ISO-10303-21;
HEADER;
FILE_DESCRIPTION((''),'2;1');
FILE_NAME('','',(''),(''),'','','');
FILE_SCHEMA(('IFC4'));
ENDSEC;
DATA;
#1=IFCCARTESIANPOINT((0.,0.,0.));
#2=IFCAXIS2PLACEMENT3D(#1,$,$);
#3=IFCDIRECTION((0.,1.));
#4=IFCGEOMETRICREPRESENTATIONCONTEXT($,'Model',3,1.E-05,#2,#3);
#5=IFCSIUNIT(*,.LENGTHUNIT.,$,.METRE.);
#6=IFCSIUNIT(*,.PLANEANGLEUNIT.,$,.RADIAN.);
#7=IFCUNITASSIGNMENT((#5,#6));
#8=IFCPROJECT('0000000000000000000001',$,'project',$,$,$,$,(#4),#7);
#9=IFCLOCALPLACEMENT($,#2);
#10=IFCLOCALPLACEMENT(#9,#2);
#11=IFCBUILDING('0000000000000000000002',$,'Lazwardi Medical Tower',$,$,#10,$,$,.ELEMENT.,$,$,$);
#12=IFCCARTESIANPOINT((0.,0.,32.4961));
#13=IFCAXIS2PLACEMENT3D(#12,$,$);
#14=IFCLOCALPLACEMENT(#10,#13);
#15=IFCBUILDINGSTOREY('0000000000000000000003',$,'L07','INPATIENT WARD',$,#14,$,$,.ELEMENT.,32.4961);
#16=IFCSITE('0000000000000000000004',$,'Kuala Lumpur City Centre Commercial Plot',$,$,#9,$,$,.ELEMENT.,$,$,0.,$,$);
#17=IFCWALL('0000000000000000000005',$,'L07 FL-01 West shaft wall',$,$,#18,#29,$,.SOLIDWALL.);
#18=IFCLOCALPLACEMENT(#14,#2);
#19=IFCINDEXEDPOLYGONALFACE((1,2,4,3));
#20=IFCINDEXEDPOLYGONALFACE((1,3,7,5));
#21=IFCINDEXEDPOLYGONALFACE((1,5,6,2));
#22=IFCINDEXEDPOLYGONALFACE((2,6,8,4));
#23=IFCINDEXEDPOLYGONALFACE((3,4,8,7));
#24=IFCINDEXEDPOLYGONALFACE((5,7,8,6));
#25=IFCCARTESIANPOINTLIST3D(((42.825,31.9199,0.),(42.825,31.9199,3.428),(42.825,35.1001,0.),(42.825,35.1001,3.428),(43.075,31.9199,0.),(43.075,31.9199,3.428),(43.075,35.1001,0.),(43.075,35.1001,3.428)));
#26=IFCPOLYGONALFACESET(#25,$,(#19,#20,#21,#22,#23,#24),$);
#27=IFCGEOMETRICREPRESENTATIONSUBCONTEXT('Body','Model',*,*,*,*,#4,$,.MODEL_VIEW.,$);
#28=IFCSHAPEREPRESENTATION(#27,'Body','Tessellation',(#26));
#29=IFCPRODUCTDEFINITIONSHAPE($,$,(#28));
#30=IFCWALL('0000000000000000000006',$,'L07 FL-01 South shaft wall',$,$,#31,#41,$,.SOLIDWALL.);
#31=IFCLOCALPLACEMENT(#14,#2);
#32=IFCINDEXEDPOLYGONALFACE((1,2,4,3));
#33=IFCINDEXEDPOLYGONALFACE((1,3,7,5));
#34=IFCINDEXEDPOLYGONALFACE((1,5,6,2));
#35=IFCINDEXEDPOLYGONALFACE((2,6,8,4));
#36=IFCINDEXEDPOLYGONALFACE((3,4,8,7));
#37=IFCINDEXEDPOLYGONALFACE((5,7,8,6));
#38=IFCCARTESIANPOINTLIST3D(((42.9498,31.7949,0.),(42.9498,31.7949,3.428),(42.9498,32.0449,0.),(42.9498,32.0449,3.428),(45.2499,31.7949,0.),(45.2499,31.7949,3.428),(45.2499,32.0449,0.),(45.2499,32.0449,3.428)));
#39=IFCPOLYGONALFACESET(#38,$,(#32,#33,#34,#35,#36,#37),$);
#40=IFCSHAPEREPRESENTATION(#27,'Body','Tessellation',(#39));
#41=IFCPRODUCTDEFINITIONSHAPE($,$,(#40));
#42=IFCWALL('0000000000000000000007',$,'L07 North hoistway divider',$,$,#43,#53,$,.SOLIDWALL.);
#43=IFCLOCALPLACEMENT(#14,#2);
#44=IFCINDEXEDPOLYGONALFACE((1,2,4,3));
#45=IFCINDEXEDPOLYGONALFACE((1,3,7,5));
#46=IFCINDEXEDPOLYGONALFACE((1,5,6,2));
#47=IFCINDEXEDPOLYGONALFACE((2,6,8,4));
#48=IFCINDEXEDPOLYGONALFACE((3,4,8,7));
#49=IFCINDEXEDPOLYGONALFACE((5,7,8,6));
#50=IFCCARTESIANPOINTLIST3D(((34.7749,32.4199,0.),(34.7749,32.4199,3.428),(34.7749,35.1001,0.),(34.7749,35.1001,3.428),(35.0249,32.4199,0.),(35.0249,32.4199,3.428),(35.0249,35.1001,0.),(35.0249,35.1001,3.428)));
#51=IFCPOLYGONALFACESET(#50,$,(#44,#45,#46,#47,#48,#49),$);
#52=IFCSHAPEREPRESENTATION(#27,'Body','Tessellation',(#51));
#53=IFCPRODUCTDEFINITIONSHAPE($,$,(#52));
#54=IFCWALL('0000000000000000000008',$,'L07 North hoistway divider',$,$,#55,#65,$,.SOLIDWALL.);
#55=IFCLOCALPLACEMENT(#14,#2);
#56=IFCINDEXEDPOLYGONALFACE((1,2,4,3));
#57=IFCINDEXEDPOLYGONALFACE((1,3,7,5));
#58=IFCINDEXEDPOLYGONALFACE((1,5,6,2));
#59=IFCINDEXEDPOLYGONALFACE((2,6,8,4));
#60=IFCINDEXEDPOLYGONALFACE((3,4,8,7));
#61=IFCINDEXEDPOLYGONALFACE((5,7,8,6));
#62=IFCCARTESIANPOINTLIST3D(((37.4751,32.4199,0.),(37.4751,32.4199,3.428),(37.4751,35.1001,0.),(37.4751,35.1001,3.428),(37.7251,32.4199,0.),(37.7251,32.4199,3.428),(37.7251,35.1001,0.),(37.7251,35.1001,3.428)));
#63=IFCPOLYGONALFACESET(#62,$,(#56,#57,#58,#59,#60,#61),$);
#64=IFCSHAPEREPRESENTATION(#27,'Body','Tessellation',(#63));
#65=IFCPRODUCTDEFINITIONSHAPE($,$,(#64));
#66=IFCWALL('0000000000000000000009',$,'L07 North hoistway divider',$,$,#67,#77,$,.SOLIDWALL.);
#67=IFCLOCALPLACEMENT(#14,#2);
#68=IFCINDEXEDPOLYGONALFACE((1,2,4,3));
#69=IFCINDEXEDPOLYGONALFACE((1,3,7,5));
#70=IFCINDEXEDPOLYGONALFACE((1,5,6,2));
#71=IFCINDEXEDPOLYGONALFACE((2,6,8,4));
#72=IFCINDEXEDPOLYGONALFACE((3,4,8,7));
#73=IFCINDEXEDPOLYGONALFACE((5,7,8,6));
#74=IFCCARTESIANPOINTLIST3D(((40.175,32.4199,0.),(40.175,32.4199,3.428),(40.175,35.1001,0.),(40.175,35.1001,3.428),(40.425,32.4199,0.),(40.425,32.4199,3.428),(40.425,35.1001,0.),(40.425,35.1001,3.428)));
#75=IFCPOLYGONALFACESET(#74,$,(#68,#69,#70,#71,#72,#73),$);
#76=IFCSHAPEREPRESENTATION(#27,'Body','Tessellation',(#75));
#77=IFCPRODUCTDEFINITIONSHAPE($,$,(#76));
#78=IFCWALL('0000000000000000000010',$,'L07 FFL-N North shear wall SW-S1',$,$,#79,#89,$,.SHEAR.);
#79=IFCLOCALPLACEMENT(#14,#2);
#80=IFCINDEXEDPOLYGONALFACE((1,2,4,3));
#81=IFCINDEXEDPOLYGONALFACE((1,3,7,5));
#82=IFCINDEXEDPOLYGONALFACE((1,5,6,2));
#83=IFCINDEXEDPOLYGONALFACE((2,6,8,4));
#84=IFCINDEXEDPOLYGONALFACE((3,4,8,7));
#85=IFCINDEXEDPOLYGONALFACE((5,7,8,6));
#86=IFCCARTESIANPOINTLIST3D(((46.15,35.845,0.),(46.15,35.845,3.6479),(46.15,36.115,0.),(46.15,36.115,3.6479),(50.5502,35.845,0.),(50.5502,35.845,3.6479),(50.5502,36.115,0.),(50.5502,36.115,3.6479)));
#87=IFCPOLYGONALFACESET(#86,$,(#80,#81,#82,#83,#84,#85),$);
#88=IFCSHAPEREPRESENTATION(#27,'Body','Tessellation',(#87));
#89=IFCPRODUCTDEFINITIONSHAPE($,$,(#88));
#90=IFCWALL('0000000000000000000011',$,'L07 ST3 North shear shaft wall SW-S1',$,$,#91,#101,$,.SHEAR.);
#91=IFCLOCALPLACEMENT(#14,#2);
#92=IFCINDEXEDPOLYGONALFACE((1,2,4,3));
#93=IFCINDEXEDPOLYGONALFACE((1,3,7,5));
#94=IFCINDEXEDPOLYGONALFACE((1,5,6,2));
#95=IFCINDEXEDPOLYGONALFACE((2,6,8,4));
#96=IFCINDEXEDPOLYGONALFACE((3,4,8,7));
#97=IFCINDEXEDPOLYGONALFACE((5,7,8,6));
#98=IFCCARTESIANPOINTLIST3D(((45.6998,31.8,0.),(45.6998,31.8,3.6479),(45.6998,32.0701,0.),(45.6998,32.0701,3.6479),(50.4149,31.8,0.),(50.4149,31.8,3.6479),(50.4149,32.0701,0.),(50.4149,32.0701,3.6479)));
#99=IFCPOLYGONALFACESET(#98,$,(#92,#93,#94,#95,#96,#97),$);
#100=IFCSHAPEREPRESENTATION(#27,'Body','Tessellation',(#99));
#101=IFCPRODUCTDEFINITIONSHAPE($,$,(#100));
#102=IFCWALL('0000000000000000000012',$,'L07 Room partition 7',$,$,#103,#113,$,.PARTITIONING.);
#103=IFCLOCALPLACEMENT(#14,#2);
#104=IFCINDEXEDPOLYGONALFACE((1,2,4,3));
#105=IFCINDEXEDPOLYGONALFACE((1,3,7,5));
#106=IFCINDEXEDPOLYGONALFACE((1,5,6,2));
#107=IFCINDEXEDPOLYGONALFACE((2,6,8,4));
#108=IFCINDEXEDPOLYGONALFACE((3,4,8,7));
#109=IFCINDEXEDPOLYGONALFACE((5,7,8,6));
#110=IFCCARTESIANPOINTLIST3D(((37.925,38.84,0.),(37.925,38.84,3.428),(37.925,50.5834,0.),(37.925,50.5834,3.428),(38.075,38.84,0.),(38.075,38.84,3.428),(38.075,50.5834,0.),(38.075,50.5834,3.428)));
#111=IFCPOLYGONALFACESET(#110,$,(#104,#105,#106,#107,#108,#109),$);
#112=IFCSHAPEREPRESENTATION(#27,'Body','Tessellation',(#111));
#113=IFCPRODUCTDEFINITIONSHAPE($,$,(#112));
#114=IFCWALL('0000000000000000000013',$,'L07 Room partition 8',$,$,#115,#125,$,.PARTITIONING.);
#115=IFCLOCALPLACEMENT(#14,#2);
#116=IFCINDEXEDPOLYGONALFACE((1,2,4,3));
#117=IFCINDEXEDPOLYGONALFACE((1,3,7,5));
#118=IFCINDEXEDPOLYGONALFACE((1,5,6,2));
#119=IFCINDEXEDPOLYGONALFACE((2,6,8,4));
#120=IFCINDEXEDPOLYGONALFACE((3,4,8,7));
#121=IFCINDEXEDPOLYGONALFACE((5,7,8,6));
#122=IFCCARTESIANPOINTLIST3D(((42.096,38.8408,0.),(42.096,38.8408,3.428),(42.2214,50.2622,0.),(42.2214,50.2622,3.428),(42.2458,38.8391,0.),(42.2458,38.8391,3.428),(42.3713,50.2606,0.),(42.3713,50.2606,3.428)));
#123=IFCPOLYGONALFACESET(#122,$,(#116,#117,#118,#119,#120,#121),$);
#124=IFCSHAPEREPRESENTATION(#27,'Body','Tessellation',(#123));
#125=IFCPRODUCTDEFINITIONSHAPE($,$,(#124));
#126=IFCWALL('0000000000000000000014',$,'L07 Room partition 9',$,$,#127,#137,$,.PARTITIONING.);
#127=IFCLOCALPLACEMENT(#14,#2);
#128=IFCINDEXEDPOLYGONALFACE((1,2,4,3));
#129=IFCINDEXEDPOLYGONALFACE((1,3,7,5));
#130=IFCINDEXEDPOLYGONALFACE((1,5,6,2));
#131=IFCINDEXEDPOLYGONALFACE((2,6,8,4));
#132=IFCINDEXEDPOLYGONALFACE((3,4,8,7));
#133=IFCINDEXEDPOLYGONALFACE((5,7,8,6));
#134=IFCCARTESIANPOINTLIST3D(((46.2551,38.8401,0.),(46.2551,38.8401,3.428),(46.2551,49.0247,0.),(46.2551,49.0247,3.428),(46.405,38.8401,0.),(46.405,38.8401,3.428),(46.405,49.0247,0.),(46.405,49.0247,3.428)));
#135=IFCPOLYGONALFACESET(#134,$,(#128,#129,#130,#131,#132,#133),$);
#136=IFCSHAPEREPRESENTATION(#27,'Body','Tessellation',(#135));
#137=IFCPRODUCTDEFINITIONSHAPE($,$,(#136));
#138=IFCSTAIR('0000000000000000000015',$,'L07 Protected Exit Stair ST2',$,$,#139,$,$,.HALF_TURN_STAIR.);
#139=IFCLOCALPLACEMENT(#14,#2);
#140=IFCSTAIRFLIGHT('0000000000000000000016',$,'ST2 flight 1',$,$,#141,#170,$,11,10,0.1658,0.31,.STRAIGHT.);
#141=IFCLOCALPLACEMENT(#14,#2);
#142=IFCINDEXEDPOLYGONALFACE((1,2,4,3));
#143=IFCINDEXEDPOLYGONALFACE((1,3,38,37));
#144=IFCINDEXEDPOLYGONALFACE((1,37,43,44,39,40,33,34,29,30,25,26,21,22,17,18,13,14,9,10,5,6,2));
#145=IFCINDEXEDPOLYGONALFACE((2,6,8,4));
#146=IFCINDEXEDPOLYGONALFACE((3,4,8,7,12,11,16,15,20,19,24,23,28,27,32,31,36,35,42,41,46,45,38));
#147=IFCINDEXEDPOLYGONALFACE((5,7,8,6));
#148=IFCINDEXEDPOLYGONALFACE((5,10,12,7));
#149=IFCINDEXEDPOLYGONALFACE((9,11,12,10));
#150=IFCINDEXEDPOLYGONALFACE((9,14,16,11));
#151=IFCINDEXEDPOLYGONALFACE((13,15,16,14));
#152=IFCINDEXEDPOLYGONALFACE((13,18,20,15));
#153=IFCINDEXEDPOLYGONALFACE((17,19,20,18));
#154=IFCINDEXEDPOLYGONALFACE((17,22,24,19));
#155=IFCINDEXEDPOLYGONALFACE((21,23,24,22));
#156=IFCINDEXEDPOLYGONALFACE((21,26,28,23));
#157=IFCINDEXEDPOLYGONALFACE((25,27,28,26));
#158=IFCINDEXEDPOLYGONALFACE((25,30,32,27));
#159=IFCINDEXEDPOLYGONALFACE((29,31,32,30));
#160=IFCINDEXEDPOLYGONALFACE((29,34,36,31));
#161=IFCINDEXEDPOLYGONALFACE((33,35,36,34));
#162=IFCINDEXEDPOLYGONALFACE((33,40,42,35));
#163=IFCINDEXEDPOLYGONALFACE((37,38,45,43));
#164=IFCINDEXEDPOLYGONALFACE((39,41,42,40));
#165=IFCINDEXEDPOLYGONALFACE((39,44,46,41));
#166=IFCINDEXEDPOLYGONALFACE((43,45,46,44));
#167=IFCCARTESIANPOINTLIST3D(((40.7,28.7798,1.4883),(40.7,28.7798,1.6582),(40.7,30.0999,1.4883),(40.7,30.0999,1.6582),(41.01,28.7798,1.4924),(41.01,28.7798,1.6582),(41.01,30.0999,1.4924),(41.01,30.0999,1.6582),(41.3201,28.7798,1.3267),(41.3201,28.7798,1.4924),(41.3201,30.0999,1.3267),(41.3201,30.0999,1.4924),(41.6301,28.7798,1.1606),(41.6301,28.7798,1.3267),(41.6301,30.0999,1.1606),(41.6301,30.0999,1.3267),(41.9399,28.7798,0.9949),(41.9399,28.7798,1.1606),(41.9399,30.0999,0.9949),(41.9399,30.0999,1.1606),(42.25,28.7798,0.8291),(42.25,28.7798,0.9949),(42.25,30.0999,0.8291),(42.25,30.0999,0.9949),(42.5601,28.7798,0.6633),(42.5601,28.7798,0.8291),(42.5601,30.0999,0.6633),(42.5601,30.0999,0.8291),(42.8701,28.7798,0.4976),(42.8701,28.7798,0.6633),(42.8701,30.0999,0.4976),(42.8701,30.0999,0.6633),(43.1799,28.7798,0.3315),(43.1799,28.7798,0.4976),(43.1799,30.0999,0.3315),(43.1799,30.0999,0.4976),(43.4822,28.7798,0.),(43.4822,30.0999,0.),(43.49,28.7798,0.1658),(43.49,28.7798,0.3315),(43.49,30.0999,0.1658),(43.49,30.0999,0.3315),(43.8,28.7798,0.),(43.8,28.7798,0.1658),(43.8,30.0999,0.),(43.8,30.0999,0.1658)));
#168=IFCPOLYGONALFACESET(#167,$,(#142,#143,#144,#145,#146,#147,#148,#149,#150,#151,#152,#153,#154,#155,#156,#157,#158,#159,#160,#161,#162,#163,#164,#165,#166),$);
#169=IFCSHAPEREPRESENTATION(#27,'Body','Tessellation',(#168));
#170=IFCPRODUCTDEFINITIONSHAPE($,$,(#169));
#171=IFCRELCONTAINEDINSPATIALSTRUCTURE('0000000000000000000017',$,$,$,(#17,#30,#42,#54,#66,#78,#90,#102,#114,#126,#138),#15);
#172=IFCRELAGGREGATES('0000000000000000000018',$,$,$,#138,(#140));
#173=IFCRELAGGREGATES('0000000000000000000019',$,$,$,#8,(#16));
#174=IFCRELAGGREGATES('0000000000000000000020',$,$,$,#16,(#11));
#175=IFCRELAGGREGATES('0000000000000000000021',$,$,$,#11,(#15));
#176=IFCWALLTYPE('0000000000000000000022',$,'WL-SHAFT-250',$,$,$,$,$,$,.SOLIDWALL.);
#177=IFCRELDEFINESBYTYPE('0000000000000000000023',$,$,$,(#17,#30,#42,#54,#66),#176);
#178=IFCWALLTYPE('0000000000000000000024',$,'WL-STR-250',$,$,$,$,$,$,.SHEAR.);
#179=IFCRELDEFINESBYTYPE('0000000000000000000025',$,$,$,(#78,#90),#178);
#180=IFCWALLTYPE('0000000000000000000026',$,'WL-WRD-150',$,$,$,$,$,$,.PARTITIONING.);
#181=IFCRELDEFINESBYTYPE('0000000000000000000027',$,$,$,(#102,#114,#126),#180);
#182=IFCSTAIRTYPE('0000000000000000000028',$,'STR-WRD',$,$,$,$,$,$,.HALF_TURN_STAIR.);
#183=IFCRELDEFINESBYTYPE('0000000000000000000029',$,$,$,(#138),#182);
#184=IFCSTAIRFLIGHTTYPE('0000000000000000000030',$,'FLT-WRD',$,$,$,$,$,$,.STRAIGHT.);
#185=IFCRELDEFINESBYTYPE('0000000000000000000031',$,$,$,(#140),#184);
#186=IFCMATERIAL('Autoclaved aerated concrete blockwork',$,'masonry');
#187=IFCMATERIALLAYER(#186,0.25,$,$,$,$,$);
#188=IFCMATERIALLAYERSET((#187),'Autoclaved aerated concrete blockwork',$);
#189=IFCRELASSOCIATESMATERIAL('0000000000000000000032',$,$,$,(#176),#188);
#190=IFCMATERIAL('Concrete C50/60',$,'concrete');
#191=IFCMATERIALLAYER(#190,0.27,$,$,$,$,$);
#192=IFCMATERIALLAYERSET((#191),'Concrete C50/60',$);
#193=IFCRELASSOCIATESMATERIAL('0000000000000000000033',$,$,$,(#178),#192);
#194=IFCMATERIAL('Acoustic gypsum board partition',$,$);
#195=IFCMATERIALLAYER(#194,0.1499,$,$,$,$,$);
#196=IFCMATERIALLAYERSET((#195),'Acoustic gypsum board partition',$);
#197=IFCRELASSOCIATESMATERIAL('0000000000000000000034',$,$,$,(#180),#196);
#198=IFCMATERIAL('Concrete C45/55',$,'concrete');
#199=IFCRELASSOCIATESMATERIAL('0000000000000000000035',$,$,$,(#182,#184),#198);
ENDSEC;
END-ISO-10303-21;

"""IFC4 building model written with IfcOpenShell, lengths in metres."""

from ifc_helpers import new_model, si_unit, direction, frame, frame_2d, origin, place, context, subcontext, project, spatial, polyline, rectangle, outline, extrude, material, layer, layer_set, type_object, element, aggregate, save


model = new_model("IFC4")

# Units and contexts
model_context = context("Model", 3, precision=1e-05, world=origin(), true_north=direction((0.0, 1.0)))
body_context = subcontext(model_context, "Body", "Model", "MODEL_VIEW")
ifc_project = project(units=[si_unit("LENGTHUNIT", "METRE"), si_unit("PLANEANGLEUNIT", "RADIAN")], contexts=[model_context])

# Site, building, storey
site_placement = place(None, origin())
site = spatial("IfcSite", under=ifc_project, at=site_placement, Name="Kuala Lumpur City Centre Commercial Plot", CompositionType="ELEMENT", RefElevation=0.0)
building_placement = place(site_placement, origin())
building = spatial("IfcBuilding", under=site, at=building_placement, Name="Lazwardi Medical Tower", CompositionType="ELEMENT")
storey_placement = place(building_placement, frame((0.0, 0.0, 32.4961)))
storey = spatial("IfcBuildingStorey", under=building, at=storey_placement, Name="L07", Description="INPATIENT WARD", CompositionType="ELEMENT", Elevation=32.4961)

# Walls
ifc_material_1 = material(Name="Autoclaved aerated concrete blockwork", Category="masonry")
ifc_layer_1 = layer(ifc_material_1, 0.25)
ifc_layer_set_1 = layer_set([ifc_layer_1], Name="Autoclaved aerated concrete blockwork")
wall_type_1 = type_object("IfcWallType", Name="WL-SHAFT-250", PredefinedType="SOLIDWALL", material=ifc_layer_set_1)
wall_1_placement = place(storey_placement, frame((42.95, 31.9199, 0.0), z_axis=(0.0, 0.0, 1.0), x_axis=(0.0, 1.0, 0.0)))
element("IfcWall", 1, at=wall_1_placement, inside=storey, type_object=wall_type_1, Name="L07 FL-01 West shaft wall", PredefinedType="SOLIDWALL", context=body_context, shape_type="SweptSolid", body=[
    extrude(rectangle(XDim=3.1802, YDim=0.25, at=frame_2d((1.5901, 0.0))), origin(), (0.0, 0.0, 1.0), 3.428),
])
wall_2_placement = place(storey_placement, frame((42.95, 31.9199, 0.0), z_axis=(0.0, 0.0, 1.0), x_axis=(1.0, 0.0, 0.0)))
element("IfcWall", 2, at=wall_2_placement, inside=storey, type_object=wall_type_1, Name="L07 FL-01 South shaft wall", PredefinedType="SOLIDWALL", context=body_context, shape_type="SweptSolid", body=[
    extrude(rectangle(XDim=2.3, YDim=0.25, at=frame_2d((1.1499, 0.0))), origin(), (0.0, 0.0, 1.0), 3.428),
])
for number, where, z_axis, x_axis, name in (
    (3, (34.8999, 32.4199, 0.0), (0.0, 0.0, 1.0), (0.0, 1.0, 0.0), "L07 North hoistway divider"),
    (4, (37.6001, 32.4199, 0.0), (0.0, 0.0, 1.0), (0.0, 1.0, 0.0), "L07 North hoistway divider"),
    (5, (40.3, 32.4199, 0.0), (0.0, 0.0, 1.0), (0.0, 1.0, 0.0), "L07 North hoistway divider"),
):
    element("IfcWall", number, at=place(storey_placement, frame(where, z_axis=z_axis, x_axis=x_axis)), inside=storey, type_object=wall_type_1, Name=name, PredefinedType="SOLIDWALL", context=body_context, shape_type="SweptSolid", body=[
        extrude(rectangle(XDim=2.6802, YDim=0.25, at=frame_2d((1.3401, 0.0))), origin(), (0.0, 0.0, 1.0), 3.428),
    ])

# Shared definitions
ifc_material_2 = material(Name="Concrete C50/60", Category="concrete")
ifc_layer_2 = layer(ifc_material_2, 0.27)
ifc_layer_set_2 = layer_set([ifc_layer_2], Name="Concrete C50/60")
wall_type_2 = type_object("IfcWallType", Name="WL-STR-250", PredefinedType="SHEAR", material=ifc_layer_set_2)

# Walls
wall_3_placement = place(storey_placement, frame((46.1499, 35.98, 0.0), z_axis=(0.0, 0.0, 1.0), x_axis=(1.0, 0.0, 0.0)))
element("IfcWall", 6, at=wall_3_placement, inside=storey, type_object=wall_type_2, Name="L07 FFL-N North shear wall SW-S1", PredefinedType="SHEAR", context=body_context, shape_type="SweptSolid", body=[
    extrude(rectangle(XDim=4.4001, YDim=0.27, at=frame_2d((2.2002, 0.0))), origin(), (0.0, 0.0, 1.0), 3.6479),
])
wall_4_placement = place(storey_placement, frame((45.7, 31.9351, 0.0), z_axis=(0.0, 0.0, 1.0), x_axis=(1.0, 0.0, 0.0)))
element("IfcWall", 7, at=wall_4_placement, inside=storey, type_object=wall_type_2, Name="L07 ST3 North shear shaft wall SW-S1", PredefinedType="SHEAR", context=body_context, shape_type="SweptSolid", body=[
    extrude(rectangle(XDim=4.7151, YDim=0.27, at=frame_2d((2.3574, 0.0))), origin(), (0.0, 0.0, 1.0), 3.6479),
])
ifc_material_3 = material(Name="Acoustic gypsum board partition")
ifc_layer_3 = layer(ifc_material_3, 0.1499)
ifc_layer_set_3 = layer_set([ifc_layer_3], Name="Acoustic gypsum board partition")
wall_type_3 = type_object("IfcWallType", Name="WL-WRD-150", PredefinedType="PARTITIONING", material=ifc_layer_set_3)
wall_5_placement = place(storey_placement, frame((38.0, 38.8401, 0.0), z_axis=(0.0, 0.0, 1.0), x_axis=(0.0, 1.0, 0.0)))
element("IfcWall", 8, at=wall_5_placement, inside=storey, type_object=wall_type_3, Name="L07 Room partition 7", PredefinedType="PARTITIONING", context=body_context, shape_type="SweptSolid", body=[
    extrude(rectangle(XDim=11.7434, YDim=0.1499, at=frame_2d((5.8716, 0.0))), origin(), (0.0, 0.0, 1.0), 3.428),
])
wall_6_placement = place(storey_placement, frame((42.1709, 38.8401, 0.0), z_axis=(0.0, 0.0, 1.0), x_axis=(0.010986, 0.99994, 0.0)))
element("IfcWall", 9, at=wall_6_placement, inside=storey, type_object=wall_type_3, Name="L07 Room partition 8", PredefinedType="PARTITIONING", context=body_context, shape_type="SweptSolid", body=[
    extrude(rectangle(XDim=11.4221, YDim=0.1499, at=frame_2d((5.7109, 0.0))), origin(), (0.0, 0.0, 1.0), 3.428),
])
wall_7_placement = place(storey_placement, frame((46.3301, 38.8401, 0.0), z_axis=(0.0, 0.0, 1.0), x_axis=(0.0, 1.0, 0.0)))
element("IfcWall", 10, at=wall_7_placement, inside=storey, type_object=wall_type_3, Name="L07 Room partition 9", PredefinedType="PARTITIONING", context=body_context, shape_type="SweptSolid", body=[
    extrude(rectangle(XDim=10.1846, YDim=0.1499, at=frame_2d((5.0923, 0.0))), origin(), (0.0, 0.0, 1.0), 3.428),
])

# Stair, stair flight
ifc_material_4 = material(Name="Concrete C45/55", Category="concrete")
stair_type = type_object("IfcStairType", Name="STR-WRD", PredefinedType="HALF_TURN_STAIR", material=ifc_material_4)
stair_1_placement = place(storey_placement, origin())
stair_1 = element("IfcStair", 11, at=stair_1_placement, inside=storey, type_object=stair_type, Name="L07 Protected Exit Stair ST2", PredefinedType="HALF_TURN_STAIR")
stair_flight_type = type_object("IfcStairFlightType", Name="FLT-WRD", PredefinedType="STRAIGHT", material=ifc_material_4)
stair_flight_1_placement = place(storey_placement, frame((43.8, 29.4399, 0.0), z_axis=(0.0, 0.0, 1.0), x_axis=(-1.0, 0.0, 0.0)))
stair_flight_1 = element("IfcStairFlight", 12, at=stair_flight_1_placement, type_object=stair_flight_type, Name="ST2 flight 1", NumberOfRisers=11, NumberOfTreads=10, PredefinedType="STRAIGHT", RiserHeight=0.1658, TreadLength=0.31, context=body_context, shape_type="SweptSolid", body=[
    extrude(outline(polyline([(0.0, 0.0), (0.0, 0.1658), (0.3101, 0.1658), (0.3101, 0.3315), (0.6201, 0.3315), (0.6201, 0.4976), (0.9299, 0.4976), (0.9299, 0.6633), (1.24, 0.6633), (1.24, 0.8291), (1.55, 0.8291), (1.55, 0.9949), (1.8601, 0.9949), (1.8601, 1.1606), (2.1699, 1.1606), (2.1699, 1.3267), (2.48, 1.3267), (2.48, 1.4924), (2.79, 1.4924), (2.79, 1.6582), (3.1001, 1.6582), (3.1001, 1.824), (3.1001, 1.4883), (0.3179, 0.0), (0.0, 0.0)])), frame((0.0, 0.6602, 0.0), z_axis=(0.0, -1.0, 0.0), x_axis=(1.0, 0.0, 0.0)), (0.0, 0.0, 1.0), 1.3201),
])
aggregate(stair_1, [stair_flight_1])

save(model, "model.ifc")
